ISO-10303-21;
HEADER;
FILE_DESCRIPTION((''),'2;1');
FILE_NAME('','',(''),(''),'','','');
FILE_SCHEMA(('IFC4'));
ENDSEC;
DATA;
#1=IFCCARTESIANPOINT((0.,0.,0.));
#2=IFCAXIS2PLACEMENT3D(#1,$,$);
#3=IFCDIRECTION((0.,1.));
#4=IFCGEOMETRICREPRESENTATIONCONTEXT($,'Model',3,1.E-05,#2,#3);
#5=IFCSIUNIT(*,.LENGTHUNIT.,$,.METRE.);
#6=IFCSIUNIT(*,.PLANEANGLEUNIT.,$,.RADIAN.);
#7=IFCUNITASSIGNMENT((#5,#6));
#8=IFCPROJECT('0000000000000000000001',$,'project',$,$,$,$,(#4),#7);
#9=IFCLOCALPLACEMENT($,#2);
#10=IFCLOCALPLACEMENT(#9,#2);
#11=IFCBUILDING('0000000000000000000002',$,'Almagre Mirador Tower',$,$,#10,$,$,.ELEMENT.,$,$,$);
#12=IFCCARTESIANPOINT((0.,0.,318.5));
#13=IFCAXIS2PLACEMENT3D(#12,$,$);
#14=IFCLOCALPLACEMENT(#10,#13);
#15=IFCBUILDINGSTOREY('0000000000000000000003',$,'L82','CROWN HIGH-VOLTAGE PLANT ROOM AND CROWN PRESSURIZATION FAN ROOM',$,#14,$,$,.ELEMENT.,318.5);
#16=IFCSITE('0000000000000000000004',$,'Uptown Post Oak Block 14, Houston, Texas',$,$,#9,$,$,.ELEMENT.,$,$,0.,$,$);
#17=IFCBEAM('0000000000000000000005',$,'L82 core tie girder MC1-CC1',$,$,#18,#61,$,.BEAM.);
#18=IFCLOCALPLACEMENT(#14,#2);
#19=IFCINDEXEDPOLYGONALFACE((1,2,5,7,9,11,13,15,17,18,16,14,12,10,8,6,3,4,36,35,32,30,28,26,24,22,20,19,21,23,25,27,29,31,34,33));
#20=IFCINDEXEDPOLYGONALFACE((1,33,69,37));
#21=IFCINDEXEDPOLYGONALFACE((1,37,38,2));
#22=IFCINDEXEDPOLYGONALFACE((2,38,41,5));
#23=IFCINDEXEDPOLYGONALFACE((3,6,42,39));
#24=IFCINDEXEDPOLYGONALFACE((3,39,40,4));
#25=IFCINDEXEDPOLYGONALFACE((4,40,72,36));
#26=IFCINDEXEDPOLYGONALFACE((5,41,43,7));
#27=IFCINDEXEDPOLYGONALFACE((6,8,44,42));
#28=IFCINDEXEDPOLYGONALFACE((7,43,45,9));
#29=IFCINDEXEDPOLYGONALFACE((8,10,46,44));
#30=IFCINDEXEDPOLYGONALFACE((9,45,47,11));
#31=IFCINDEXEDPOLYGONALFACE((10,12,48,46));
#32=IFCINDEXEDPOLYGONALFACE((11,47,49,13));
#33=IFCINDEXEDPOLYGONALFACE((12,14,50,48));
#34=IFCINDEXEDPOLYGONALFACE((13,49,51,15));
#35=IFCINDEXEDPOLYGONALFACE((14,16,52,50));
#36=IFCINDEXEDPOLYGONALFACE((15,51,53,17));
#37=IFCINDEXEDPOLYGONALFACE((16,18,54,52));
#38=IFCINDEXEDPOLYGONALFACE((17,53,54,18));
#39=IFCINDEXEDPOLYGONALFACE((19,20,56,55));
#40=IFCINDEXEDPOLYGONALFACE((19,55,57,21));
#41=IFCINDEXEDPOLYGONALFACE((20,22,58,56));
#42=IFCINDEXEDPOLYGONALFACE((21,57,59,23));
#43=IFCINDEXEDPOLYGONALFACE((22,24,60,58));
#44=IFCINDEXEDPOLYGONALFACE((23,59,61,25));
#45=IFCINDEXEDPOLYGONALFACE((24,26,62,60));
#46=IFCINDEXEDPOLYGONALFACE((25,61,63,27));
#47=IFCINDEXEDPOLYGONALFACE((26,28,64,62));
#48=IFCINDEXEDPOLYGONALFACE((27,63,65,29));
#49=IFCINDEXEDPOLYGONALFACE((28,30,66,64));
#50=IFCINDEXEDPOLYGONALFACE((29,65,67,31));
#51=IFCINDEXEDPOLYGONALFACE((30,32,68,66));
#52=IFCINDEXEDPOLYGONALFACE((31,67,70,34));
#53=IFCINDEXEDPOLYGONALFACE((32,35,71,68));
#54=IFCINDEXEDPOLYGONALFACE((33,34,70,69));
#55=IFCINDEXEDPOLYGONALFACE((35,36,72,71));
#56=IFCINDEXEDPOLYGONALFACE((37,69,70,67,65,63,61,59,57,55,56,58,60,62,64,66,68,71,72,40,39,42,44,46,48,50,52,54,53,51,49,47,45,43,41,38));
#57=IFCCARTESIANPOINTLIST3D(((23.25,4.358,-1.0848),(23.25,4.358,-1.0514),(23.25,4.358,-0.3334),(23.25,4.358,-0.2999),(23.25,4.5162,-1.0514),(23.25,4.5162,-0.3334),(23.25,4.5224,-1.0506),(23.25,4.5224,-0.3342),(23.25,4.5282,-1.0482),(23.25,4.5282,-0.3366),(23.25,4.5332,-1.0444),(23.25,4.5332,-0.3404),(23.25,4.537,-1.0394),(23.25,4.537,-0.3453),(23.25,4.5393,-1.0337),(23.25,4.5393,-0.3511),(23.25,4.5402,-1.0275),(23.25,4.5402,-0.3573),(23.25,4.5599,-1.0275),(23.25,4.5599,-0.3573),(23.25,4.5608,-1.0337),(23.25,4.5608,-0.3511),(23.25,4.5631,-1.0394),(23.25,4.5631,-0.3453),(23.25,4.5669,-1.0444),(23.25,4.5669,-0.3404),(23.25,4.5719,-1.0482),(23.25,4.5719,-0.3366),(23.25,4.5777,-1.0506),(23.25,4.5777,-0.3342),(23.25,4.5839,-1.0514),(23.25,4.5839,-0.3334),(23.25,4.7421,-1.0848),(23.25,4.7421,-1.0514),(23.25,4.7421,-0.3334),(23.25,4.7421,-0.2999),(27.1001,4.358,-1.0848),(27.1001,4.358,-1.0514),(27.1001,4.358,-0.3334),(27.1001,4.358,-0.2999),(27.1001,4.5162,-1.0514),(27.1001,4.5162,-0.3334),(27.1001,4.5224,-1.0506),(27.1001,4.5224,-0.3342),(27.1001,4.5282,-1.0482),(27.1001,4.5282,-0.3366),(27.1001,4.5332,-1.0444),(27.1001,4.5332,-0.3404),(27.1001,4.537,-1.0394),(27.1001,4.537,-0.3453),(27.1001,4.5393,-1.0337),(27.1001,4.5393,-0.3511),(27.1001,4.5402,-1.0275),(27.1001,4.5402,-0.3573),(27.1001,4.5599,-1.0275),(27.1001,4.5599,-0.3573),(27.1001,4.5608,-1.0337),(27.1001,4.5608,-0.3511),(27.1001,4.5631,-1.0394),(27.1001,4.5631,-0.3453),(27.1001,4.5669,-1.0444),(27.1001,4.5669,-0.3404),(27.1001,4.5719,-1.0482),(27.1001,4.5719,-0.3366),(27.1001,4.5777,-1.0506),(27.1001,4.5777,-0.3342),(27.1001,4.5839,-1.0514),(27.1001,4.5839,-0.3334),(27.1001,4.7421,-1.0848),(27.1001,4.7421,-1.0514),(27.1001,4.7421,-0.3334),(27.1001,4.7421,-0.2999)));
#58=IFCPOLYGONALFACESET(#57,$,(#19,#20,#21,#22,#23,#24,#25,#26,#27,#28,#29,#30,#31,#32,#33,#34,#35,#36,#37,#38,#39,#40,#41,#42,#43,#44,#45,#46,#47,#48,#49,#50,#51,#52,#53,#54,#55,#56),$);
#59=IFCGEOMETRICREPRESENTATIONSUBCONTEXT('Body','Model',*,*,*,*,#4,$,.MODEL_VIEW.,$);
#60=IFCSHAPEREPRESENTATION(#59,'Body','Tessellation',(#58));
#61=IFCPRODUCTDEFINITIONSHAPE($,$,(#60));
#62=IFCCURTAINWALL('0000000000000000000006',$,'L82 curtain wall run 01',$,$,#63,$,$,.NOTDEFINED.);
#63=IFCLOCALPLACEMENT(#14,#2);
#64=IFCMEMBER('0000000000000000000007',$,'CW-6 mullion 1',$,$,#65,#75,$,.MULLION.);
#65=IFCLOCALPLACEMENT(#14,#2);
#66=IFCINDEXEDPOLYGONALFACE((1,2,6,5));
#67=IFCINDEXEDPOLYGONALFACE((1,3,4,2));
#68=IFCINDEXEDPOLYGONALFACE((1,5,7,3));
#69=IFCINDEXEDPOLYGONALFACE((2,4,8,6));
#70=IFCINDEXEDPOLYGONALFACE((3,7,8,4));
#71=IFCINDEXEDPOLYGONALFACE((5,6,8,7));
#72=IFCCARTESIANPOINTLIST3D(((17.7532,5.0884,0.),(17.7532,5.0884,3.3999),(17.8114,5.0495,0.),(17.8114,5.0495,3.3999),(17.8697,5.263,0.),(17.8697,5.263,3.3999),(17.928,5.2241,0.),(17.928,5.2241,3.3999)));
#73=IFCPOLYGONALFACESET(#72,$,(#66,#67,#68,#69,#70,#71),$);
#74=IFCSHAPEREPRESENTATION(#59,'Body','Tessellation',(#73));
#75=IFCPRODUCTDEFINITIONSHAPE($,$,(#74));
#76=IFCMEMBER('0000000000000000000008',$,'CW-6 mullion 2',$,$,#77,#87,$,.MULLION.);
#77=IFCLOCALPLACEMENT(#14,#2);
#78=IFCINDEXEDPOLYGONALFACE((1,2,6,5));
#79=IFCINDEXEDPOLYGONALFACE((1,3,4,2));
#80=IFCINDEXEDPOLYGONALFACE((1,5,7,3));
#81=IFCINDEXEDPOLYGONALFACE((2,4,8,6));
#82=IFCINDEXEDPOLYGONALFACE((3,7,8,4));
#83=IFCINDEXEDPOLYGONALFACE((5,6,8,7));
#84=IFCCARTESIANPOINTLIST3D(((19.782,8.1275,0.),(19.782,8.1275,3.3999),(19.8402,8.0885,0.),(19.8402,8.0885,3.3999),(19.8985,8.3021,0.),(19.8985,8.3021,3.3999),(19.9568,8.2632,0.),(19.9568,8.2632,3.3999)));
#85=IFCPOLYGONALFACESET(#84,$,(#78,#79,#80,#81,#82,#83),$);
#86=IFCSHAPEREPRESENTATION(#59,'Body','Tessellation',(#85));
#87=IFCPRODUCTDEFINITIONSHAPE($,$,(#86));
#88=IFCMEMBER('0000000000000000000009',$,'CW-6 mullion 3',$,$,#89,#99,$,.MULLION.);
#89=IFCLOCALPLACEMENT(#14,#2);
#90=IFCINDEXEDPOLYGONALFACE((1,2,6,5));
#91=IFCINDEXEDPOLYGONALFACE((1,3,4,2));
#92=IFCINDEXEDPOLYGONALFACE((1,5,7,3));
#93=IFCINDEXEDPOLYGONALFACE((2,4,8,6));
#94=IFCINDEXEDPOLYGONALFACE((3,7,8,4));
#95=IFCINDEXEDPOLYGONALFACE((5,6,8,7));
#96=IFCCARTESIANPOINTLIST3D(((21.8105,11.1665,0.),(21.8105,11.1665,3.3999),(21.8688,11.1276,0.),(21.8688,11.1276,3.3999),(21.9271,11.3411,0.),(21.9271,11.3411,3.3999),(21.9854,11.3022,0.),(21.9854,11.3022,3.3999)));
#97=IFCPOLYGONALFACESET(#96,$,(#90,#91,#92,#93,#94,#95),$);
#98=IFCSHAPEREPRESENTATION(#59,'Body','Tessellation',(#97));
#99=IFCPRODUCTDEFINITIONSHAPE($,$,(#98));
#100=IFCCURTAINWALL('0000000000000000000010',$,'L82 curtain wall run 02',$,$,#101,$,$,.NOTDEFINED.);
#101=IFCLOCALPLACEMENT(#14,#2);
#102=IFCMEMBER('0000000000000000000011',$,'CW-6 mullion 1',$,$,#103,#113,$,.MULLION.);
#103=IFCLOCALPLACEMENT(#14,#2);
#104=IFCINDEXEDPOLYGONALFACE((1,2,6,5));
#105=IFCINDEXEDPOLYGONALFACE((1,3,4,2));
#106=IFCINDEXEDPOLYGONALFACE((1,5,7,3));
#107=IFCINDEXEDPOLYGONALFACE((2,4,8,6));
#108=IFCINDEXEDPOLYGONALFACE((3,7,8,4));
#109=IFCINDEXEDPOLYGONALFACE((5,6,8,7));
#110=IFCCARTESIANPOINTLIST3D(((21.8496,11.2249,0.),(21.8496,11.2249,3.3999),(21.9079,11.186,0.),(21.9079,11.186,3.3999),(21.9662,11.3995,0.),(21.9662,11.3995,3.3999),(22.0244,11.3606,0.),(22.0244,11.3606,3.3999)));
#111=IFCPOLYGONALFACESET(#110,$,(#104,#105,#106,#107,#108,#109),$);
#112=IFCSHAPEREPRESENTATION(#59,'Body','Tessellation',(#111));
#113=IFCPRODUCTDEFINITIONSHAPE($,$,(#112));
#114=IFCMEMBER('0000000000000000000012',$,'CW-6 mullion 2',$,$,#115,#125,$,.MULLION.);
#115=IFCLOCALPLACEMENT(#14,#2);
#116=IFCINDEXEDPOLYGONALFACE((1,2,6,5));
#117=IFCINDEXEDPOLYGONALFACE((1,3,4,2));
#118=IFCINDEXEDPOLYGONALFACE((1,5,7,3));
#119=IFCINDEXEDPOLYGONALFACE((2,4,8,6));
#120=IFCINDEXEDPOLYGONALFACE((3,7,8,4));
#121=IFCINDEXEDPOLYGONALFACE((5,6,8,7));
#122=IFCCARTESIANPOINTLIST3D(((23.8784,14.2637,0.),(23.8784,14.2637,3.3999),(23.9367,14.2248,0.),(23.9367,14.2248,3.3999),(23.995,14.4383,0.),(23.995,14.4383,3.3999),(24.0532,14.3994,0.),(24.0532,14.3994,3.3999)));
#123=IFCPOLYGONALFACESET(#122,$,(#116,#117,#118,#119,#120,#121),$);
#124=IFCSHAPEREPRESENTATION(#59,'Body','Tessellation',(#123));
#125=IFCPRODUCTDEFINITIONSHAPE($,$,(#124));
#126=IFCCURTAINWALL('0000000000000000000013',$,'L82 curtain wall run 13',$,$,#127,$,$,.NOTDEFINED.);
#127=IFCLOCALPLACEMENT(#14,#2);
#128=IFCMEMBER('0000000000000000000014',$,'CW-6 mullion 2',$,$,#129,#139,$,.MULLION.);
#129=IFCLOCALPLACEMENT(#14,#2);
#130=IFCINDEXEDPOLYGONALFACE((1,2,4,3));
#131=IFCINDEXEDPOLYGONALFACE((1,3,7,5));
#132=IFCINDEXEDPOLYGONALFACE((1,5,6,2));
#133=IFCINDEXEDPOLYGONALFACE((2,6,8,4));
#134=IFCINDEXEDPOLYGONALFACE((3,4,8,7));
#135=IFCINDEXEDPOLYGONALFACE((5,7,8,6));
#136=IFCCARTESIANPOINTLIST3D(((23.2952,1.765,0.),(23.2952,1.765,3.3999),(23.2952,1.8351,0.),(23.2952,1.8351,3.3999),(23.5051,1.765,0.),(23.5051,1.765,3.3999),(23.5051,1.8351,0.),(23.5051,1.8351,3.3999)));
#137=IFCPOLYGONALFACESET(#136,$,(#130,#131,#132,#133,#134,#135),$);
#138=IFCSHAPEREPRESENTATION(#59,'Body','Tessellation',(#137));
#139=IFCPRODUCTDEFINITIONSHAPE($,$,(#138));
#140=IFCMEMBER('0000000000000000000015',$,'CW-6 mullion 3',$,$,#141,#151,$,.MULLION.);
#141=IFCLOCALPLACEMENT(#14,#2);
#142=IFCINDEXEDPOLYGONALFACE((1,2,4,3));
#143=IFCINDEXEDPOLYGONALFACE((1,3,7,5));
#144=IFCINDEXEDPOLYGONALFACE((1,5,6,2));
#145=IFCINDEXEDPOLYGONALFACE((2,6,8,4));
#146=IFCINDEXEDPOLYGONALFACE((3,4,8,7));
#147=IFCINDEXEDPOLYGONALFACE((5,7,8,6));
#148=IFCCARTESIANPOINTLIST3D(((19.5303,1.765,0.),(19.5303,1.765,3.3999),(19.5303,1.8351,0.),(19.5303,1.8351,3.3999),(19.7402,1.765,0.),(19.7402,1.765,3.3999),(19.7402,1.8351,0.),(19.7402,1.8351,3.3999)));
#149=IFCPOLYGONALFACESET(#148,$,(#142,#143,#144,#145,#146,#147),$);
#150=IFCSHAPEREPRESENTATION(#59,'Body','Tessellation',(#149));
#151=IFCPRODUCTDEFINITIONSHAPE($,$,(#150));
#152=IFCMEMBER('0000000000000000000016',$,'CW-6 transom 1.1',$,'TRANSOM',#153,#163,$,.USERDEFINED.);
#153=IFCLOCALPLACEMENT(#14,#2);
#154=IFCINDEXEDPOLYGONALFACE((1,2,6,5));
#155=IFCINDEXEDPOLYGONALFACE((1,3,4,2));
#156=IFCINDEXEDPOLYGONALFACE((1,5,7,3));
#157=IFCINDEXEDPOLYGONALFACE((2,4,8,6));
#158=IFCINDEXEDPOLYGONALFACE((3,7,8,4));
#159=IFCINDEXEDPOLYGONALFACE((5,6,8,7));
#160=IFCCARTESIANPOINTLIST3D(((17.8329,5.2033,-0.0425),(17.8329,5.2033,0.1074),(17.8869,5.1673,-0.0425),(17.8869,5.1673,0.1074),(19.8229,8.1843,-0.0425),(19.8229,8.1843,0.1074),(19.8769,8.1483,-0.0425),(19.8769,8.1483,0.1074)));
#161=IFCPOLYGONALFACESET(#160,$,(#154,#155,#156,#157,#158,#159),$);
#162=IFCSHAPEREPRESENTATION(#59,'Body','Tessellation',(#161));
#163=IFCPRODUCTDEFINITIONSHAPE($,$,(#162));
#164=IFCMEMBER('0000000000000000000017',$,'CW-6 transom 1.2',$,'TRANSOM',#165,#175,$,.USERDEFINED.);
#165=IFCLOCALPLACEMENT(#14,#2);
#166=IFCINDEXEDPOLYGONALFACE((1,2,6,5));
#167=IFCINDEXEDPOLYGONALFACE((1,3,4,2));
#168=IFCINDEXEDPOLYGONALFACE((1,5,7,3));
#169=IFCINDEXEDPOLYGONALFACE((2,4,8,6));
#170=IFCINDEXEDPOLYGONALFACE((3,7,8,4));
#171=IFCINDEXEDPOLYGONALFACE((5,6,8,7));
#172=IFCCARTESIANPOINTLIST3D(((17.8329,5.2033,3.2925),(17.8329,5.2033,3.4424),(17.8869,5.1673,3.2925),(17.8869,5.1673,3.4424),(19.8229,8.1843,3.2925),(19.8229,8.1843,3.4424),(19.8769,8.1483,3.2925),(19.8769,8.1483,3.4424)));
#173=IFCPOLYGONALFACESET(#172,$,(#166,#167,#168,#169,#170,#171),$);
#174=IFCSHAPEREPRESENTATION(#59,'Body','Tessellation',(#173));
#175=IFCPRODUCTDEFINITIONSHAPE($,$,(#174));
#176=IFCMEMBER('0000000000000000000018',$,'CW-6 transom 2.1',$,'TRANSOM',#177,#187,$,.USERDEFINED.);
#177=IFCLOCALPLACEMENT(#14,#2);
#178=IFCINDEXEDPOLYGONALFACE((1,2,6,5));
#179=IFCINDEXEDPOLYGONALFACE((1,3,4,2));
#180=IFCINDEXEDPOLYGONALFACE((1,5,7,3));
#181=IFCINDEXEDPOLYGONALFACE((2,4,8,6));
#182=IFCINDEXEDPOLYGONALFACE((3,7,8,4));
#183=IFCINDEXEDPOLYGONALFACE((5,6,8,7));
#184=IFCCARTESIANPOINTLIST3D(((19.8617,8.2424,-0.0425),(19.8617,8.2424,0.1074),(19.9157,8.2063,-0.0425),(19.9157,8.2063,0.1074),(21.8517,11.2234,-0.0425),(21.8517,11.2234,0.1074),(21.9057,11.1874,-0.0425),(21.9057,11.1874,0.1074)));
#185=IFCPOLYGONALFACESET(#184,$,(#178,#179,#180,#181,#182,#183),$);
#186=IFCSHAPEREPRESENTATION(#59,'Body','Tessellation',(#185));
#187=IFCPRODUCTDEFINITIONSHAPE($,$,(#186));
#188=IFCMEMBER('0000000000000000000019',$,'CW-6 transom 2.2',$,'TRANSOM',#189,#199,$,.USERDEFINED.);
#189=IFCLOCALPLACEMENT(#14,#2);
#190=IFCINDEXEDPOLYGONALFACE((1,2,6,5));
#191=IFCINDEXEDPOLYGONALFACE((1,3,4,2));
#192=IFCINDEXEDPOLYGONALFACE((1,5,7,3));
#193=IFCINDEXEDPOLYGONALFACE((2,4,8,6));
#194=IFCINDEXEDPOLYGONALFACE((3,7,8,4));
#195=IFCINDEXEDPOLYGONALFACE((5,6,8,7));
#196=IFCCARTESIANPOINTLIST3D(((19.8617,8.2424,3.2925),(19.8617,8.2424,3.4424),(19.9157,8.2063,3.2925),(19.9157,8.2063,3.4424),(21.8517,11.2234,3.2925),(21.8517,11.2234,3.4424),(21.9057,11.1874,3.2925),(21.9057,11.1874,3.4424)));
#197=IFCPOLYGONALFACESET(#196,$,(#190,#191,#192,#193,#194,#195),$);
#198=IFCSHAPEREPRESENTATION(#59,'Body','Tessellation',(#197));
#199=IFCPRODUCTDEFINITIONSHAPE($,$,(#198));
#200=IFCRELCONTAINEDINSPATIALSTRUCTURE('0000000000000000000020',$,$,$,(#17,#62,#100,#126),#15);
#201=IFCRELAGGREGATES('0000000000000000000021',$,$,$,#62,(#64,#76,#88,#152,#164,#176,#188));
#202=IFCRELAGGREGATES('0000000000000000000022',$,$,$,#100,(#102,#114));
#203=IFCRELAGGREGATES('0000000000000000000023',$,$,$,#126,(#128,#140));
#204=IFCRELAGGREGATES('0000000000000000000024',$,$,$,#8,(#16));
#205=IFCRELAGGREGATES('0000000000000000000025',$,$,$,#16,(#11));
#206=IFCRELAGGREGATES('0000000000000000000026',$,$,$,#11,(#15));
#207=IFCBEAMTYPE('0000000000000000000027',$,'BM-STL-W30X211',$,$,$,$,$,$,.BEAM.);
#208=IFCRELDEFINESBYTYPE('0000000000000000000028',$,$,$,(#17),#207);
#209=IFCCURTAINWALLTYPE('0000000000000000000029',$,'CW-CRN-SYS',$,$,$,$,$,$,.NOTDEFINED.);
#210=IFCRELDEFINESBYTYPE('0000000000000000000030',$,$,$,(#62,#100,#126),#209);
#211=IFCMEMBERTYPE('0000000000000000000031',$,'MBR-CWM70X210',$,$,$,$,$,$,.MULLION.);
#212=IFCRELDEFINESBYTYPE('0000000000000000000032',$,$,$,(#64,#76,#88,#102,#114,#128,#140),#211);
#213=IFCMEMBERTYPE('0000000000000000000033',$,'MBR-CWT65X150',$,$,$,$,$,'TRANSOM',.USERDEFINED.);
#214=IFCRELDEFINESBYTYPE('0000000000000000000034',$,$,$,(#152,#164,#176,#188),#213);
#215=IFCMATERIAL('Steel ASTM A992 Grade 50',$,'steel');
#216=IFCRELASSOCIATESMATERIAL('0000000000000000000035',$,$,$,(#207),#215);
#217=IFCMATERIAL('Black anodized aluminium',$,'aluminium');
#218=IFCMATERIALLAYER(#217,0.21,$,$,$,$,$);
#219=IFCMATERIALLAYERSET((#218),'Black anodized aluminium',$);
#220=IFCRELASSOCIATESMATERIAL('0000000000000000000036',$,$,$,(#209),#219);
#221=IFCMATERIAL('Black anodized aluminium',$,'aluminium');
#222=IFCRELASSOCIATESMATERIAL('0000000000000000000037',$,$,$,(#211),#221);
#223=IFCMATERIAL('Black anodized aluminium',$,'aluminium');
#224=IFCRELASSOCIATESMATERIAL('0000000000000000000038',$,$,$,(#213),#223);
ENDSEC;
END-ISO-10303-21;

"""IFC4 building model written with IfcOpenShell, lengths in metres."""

from ifc_helpers import new_model, si_unit, direction, frame, origin, origin_2d, place, context, subcontext, project, spatial, rectangle, i_section, extrude, material, layer, layer_set, material_profile, profile_set, type_object, element, aggregate, save


model = new_model("IFC4")

# Units and contexts
model_context = context("Model", 3, precision=1e-05, world=origin(), true_north=direction((0.0, 1.0)))
body_context = subcontext(model_context, "Body", "Model", "MODEL_VIEW")
ifc_project = project(units=[si_unit("LENGTHUNIT", "METRE"), si_unit("PLANEANGLEUNIT", "RADIAN")], contexts=[model_context])

# Site, building, storey
site_placement = place(None, origin())
site = spatial("IfcSite", under=ifc_project, at=site_placement, Name="Uptown Post Oak Block 14, Houston, Texas", CompositionType="ELEMENT", RefElevation=0.0)
building_placement = place(site_placement, origin())
building = spatial("IfcBuilding", under=site, at=building_placement, Name="Almagre Mirador Tower", CompositionType="ELEMENT")
storey_placement = place(building_placement, frame((0.0, 0.0, 318.5)))
storey = spatial("IfcBuildingStorey", under=building, at=storey_placement, Name="L82", Description="CROWN HIGH-VOLTAGE PLANT ROOM AND CROWN PRESSURIZATION FAN ROOM", CompositionType="ELEMENT", Elevation=318.5)

# Beam
ifc_material_1 = material(Name="Steel ASTM A992 Grade 50", Category="steel")
ifc_material_profile_1 = material_profile(ifc_material_1, i_section(OverallWidth=0.384, OverallDepth=0.7849, WebThickness=0.0198, FlangeThickness=0.0334, FilletRadius=0.0239, at=origin_2d()), Name="W30X211")
ifc_profile_set_1 = profile_set([ifc_material_profile_1], Name="Steel ASTM A992 Grade 50")
beam_type_1 = type_object("IfcBeamType", Name="BM-STL-W30X211", PredefinedType="BEAM", material=ifc_profile_set_1)
beam_1_placement = place(storey_placement, frame((23.25, 4.55, -0.6924), z_axis=(1.0, 0.0, 0.0), x_axis=(0.0, 1.0, 0.0)))
element("IfcBeam", 1, at=beam_1_placement, inside=storey, type_object=beam_type_1, Name="L82 core tie girder MC1-CC1", PredefinedType="BEAM", context=body_context, shape_type="SweptSolid", body=[
    extrude(i_section(OverallWidth=0.384, OverallDepth=0.7849, WebThickness=0.0198, FlangeThickness=0.0334, FilletRadius=0.0239, at=origin_2d()), origin(), (0.0, 0.0, 1.0), 3.8501),
])

# Curtain walls, members
ifc_material_2 = material(Name="Black anodized aluminium", Category="aluminium")
ifc_layer_1 = layer(ifc_material_2, 0.21)
ifc_layer_set_1 = layer_set([ifc_layer_1], Name="Black anodized aluminium")
curtain_wall_type = type_object("IfcCurtainWallType", Name="CW-CRN-SYS", PredefinedType="NOTDEFINED", material=ifc_layer_set_1)
curtain_wall_1_placement = place(storey_placement, origin())
curtain_wall_1 = element("IfcCurtainWall", 2, at=curtain_wall_1_placement, inside=storey, type_object=curtain_wall_type, Name="L82 curtain wall run 01", PredefinedType="NOTDEFINED")
ifc_material_3 = material(Name="Black anodized aluminium", Category="aluminium")
ifc_material_profile_2 = material_profile(ifc_material_3, rectangle(XDim=0.0701, YDim=0.21, at=origin_2d()), Name="CWM70X210")
ifc_profile_set_2 = profile_set([ifc_material_profile_2], Name="Black anodized aluminium")
member_type_1 = type_object("IfcMemberType", Name="MBR-CWM70X210", PredefinedType="MULLION", material=ifc_profile_set_2)
member_1_placement = place(storey_placement, frame((17.8406, 5.1562, 0.0), z_axis=(0.0, 0.0, 1.0), x_axis=(-0.831704, 0.555219, 0.0)))
member_1 = element("IfcMember", 3, at=member_1_placement, type_object=member_type_1, Name="CW-6 mullion 1", PredefinedType="MULLION", context=body_context, shape_type="SweptSolid", body=[
    extrude(rectangle(XDim=0.0701, YDim=0.21, at=origin_2d()), origin(), (0.0, 0.0, 1.0), 3.3999),
])
member_2_placement = place(storey_placement, frame((19.8694, 8.1953, 0.0), z_axis=(0.0, 0.0, 1.0), x_axis=(-0.831704, 0.555219, 0.0)))
member_2 = element("IfcMember", 4, at=member_2_placement, type_object=member_type_1, Name="CW-6 mullion 2", PredefinedType="MULLION", context=body_context, shape_type="SweptSolid", body=[
    extrude(rectangle(XDim=0.0701, YDim=0.21, at=origin_2d()), origin(), (0.0, 0.0, 1.0), 3.3999),
])
member_3_placement = place(storey_placement, frame((21.8979, 11.2344, 0.0), z_axis=(0.0, 0.0, 1.0), x_axis=(-0.831704, 0.555219, 0.0)))
member_3 = element("IfcMember", 5, at=member_3_placement, type_object=member_type_1, Name="CW-6 mullion 3", PredefinedType="MULLION", context=body_context, shape_type="SweptSolid", body=[
    extrude(rectangle(XDim=0.0701, YDim=0.21, at=origin_2d()), origin(), (0.0, 0.0, 1.0), 3.3999),
])
curtain_wall_2_placement = place(storey_placement, origin())
curtain_wall_2 = element("IfcCurtainWall", 6, at=curtain_wall_2_placement, inside=storey, type_object=curtain_wall_type, Name="L82 curtain wall run 02", PredefinedType="NOTDEFINED")
member_4_placement = place(storey_placement, frame((21.937, 11.2927, 0.0), z_axis=(0.0, 0.0, 1.0), x_axis=(-0.831704, 0.555219, 0.0)))
member_4 = element("IfcMember", 7, at=member_4_placement, type_object=member_type_1, Name="CW-6 mullion 1", PredefinedType="MULLION", context=body_context, shape_type="SweptSolid", body=[
    extrude(rectangle(XDim=0.0701, YDim=0.21, at=origin_2d()), origin(), (0.0, 0.0, 1.0), 3.3999),
])
member_5_placement = place(storey_placement, frame((23.9658, 14.3315, 0.0), z_axis=(0.0, 0.0, 1.0), x_axis=(-0.831704, 0.555219, 0.0)))
member_5 = element("IfcMember", 8, at=member_5_placement, type_object=member_type_1, Name="CW-6 mullion 2", PredefinedType="MULLION", context=body_context, shape_type="SweptSolid", body=[
    extrude(rectangle(XDim=0.0701, YDim=0.21, at=origin_2d()), origin(), (0.0, 0.0, 1.0), 3.3999),
])
curtain_wall_3_placement = place(storey_placement, origin())
curtain_wall_3 = element("IfcCurtainWall", 9, at=curtain_wall_3_placement, inside=storey, type_object=curtain_wall_type, Name="L82 curtain wall run 13", PredefinedType="NOTDEFINED")
member_6_placement = place(storey_placement, frame((23.4001, 1.8, 0.0), z_axis=(0.0, 0.0, 1.0), x_axis=(0.0, -1.0, 0.0)))
member_6 = element("IfcMember", 10, at=member_6_placement, type_object=member_type_1, Name="CW-6 mullion 2", PredefinedType="MULLION", context=body_context, shape_type="SweptSolid", body=[
    extrude(rectangle(XDim=0.0701, YDim=0.21, at=origin_2d()), origin(), (0.0, 0.0, 1.0), 3.3999),
])
member_7_placement = place(storey_placement, frame((19.6353, 1.8, 0.0), z_axis=(0.0, 0.0, 1.0), x_axis=(0.0, -1.0, 0.0)))
member_7 = element("IfcMember", 11, at=member_7_placement, type_object=member_type_1, Name="CW-6 mullion 3", PredefinedType="MULLION", context=body_context, shape_type="SweptSolid", body=[
    extrude(rectangle(XDim=0.0701, YDim=0.21, at=origin_2d()), origin(), (0.0, 0.0, 1.0), 3.3999),
])

# Members
ifc_material_4 = material(Name="Black anodized aluminium", Category="aluminium")
ifc_material_profile_3 = material_profile(ifc_material_4, rectangle(XDim=0.0649, YDim=0.1499, at=origin_2d()), Name="CWT65X150")
ifc_profile_set_3 = profile_set([ifc_material_profile_3], Name="Black anodized aluminium")
member_type_2 = type_object("IfcMemberType", Name="MBR-CWT65X150", ElementType="TRANSOM", PredefinedType="USERDEFINED", material=ifc_profile_set_3)
member_8_placement = place(storey_placement, frame((17.8599, 5.1853, 0.0325), z_axis=(0.555219, 0.831704, 0.0), x_axis=(-0.831704, 0.555219, 0.0)))
member_8 = element("IfcMember", 12, at=member_8_placement, type_object=member_type_2, Name="CW-6 transom 1.1", ObjectType="TRANSOM", PredefinedType="USERDEFINED", context=body_context, shape_type="SweptSolid", body=[
    extrude(rectangle(XDim=0.0649, YDim=0.1499, at=origin_2d()), origin(), (0.0, 0.0, 1.0), 3.5842),
])
member_9_placement = place(storey_placement, frame((17.8599, 5.1853, 3.3674), z_axis=(0.555219, 0.831704, 0.0), x_axis=(-0.831704, 0.555219, 0.0)))
member_9 = element("IfcMember", 13, at=member_9_placement, type_object=member_type_2, Name="CW-6 transom 1.2", ObjectType="TRANSOM", PredefinedType="USERDEFINED", context=body_context, shape_type="SweptSolid", body=[
    extrude(rectangle(XDim=0.0649, YDim=0.1499, at=origin_2d()), origin(), (0.0, 0.0, 1.0), 3.5842),
])
member_10_placement = place(storey_placement, frame((19.8887, 8.2244, 0.0325), z_axis=(0.555219, 0.831704, 0.0), x_axis=(-0.831704, 0.555219, 0.0)))
member_10 = element("IfcMember", 14, at=member_10_placement, type_object=member_type_2, Name="CW-6 transom 2.1", ObjectType="TRANSOM", PredefinedType="USERDEFINED", context=body_context, shape_type="SweptSolid", body=[
    extrude(rectangle(XDim=0.0649, YDim=0.1499, at=origin_2d()), origin(), (0.0, 0.0, 1.0), 3.5842),
])
member_11_placement = place(storey_placement, frame((19.8887, 8.2244, 3.3674), z_axis=(0.555219, 0.831704, 0.0), x_axis=(-0.831704, 0.555219, 0.0)))
member_11 = element("IfcMember", 15, at=member_11_placement, type_object=member_type_2, Name="CW-6 transom 2.2", ObjectType="TRANSOM", PredefinedType="USERDEFINED", context=body_context, shape_type="SweptSolid", body=[
    extrude(rectangle(XDim=0.0649, YDim=0.1499, at=origin_2d()), origin(), (0.0, 0.0, 1.0), 3.5842),
])

aggregate(curtain_wall_1, [member_1, member_2, member_3, member_8, member_9, member_10, member_11])
aggregate(curtain_wall_2, [member_4, member_5])
aggregate(curtain_wall_3, [member_6, member_7])

save(model, "model.ifc")
